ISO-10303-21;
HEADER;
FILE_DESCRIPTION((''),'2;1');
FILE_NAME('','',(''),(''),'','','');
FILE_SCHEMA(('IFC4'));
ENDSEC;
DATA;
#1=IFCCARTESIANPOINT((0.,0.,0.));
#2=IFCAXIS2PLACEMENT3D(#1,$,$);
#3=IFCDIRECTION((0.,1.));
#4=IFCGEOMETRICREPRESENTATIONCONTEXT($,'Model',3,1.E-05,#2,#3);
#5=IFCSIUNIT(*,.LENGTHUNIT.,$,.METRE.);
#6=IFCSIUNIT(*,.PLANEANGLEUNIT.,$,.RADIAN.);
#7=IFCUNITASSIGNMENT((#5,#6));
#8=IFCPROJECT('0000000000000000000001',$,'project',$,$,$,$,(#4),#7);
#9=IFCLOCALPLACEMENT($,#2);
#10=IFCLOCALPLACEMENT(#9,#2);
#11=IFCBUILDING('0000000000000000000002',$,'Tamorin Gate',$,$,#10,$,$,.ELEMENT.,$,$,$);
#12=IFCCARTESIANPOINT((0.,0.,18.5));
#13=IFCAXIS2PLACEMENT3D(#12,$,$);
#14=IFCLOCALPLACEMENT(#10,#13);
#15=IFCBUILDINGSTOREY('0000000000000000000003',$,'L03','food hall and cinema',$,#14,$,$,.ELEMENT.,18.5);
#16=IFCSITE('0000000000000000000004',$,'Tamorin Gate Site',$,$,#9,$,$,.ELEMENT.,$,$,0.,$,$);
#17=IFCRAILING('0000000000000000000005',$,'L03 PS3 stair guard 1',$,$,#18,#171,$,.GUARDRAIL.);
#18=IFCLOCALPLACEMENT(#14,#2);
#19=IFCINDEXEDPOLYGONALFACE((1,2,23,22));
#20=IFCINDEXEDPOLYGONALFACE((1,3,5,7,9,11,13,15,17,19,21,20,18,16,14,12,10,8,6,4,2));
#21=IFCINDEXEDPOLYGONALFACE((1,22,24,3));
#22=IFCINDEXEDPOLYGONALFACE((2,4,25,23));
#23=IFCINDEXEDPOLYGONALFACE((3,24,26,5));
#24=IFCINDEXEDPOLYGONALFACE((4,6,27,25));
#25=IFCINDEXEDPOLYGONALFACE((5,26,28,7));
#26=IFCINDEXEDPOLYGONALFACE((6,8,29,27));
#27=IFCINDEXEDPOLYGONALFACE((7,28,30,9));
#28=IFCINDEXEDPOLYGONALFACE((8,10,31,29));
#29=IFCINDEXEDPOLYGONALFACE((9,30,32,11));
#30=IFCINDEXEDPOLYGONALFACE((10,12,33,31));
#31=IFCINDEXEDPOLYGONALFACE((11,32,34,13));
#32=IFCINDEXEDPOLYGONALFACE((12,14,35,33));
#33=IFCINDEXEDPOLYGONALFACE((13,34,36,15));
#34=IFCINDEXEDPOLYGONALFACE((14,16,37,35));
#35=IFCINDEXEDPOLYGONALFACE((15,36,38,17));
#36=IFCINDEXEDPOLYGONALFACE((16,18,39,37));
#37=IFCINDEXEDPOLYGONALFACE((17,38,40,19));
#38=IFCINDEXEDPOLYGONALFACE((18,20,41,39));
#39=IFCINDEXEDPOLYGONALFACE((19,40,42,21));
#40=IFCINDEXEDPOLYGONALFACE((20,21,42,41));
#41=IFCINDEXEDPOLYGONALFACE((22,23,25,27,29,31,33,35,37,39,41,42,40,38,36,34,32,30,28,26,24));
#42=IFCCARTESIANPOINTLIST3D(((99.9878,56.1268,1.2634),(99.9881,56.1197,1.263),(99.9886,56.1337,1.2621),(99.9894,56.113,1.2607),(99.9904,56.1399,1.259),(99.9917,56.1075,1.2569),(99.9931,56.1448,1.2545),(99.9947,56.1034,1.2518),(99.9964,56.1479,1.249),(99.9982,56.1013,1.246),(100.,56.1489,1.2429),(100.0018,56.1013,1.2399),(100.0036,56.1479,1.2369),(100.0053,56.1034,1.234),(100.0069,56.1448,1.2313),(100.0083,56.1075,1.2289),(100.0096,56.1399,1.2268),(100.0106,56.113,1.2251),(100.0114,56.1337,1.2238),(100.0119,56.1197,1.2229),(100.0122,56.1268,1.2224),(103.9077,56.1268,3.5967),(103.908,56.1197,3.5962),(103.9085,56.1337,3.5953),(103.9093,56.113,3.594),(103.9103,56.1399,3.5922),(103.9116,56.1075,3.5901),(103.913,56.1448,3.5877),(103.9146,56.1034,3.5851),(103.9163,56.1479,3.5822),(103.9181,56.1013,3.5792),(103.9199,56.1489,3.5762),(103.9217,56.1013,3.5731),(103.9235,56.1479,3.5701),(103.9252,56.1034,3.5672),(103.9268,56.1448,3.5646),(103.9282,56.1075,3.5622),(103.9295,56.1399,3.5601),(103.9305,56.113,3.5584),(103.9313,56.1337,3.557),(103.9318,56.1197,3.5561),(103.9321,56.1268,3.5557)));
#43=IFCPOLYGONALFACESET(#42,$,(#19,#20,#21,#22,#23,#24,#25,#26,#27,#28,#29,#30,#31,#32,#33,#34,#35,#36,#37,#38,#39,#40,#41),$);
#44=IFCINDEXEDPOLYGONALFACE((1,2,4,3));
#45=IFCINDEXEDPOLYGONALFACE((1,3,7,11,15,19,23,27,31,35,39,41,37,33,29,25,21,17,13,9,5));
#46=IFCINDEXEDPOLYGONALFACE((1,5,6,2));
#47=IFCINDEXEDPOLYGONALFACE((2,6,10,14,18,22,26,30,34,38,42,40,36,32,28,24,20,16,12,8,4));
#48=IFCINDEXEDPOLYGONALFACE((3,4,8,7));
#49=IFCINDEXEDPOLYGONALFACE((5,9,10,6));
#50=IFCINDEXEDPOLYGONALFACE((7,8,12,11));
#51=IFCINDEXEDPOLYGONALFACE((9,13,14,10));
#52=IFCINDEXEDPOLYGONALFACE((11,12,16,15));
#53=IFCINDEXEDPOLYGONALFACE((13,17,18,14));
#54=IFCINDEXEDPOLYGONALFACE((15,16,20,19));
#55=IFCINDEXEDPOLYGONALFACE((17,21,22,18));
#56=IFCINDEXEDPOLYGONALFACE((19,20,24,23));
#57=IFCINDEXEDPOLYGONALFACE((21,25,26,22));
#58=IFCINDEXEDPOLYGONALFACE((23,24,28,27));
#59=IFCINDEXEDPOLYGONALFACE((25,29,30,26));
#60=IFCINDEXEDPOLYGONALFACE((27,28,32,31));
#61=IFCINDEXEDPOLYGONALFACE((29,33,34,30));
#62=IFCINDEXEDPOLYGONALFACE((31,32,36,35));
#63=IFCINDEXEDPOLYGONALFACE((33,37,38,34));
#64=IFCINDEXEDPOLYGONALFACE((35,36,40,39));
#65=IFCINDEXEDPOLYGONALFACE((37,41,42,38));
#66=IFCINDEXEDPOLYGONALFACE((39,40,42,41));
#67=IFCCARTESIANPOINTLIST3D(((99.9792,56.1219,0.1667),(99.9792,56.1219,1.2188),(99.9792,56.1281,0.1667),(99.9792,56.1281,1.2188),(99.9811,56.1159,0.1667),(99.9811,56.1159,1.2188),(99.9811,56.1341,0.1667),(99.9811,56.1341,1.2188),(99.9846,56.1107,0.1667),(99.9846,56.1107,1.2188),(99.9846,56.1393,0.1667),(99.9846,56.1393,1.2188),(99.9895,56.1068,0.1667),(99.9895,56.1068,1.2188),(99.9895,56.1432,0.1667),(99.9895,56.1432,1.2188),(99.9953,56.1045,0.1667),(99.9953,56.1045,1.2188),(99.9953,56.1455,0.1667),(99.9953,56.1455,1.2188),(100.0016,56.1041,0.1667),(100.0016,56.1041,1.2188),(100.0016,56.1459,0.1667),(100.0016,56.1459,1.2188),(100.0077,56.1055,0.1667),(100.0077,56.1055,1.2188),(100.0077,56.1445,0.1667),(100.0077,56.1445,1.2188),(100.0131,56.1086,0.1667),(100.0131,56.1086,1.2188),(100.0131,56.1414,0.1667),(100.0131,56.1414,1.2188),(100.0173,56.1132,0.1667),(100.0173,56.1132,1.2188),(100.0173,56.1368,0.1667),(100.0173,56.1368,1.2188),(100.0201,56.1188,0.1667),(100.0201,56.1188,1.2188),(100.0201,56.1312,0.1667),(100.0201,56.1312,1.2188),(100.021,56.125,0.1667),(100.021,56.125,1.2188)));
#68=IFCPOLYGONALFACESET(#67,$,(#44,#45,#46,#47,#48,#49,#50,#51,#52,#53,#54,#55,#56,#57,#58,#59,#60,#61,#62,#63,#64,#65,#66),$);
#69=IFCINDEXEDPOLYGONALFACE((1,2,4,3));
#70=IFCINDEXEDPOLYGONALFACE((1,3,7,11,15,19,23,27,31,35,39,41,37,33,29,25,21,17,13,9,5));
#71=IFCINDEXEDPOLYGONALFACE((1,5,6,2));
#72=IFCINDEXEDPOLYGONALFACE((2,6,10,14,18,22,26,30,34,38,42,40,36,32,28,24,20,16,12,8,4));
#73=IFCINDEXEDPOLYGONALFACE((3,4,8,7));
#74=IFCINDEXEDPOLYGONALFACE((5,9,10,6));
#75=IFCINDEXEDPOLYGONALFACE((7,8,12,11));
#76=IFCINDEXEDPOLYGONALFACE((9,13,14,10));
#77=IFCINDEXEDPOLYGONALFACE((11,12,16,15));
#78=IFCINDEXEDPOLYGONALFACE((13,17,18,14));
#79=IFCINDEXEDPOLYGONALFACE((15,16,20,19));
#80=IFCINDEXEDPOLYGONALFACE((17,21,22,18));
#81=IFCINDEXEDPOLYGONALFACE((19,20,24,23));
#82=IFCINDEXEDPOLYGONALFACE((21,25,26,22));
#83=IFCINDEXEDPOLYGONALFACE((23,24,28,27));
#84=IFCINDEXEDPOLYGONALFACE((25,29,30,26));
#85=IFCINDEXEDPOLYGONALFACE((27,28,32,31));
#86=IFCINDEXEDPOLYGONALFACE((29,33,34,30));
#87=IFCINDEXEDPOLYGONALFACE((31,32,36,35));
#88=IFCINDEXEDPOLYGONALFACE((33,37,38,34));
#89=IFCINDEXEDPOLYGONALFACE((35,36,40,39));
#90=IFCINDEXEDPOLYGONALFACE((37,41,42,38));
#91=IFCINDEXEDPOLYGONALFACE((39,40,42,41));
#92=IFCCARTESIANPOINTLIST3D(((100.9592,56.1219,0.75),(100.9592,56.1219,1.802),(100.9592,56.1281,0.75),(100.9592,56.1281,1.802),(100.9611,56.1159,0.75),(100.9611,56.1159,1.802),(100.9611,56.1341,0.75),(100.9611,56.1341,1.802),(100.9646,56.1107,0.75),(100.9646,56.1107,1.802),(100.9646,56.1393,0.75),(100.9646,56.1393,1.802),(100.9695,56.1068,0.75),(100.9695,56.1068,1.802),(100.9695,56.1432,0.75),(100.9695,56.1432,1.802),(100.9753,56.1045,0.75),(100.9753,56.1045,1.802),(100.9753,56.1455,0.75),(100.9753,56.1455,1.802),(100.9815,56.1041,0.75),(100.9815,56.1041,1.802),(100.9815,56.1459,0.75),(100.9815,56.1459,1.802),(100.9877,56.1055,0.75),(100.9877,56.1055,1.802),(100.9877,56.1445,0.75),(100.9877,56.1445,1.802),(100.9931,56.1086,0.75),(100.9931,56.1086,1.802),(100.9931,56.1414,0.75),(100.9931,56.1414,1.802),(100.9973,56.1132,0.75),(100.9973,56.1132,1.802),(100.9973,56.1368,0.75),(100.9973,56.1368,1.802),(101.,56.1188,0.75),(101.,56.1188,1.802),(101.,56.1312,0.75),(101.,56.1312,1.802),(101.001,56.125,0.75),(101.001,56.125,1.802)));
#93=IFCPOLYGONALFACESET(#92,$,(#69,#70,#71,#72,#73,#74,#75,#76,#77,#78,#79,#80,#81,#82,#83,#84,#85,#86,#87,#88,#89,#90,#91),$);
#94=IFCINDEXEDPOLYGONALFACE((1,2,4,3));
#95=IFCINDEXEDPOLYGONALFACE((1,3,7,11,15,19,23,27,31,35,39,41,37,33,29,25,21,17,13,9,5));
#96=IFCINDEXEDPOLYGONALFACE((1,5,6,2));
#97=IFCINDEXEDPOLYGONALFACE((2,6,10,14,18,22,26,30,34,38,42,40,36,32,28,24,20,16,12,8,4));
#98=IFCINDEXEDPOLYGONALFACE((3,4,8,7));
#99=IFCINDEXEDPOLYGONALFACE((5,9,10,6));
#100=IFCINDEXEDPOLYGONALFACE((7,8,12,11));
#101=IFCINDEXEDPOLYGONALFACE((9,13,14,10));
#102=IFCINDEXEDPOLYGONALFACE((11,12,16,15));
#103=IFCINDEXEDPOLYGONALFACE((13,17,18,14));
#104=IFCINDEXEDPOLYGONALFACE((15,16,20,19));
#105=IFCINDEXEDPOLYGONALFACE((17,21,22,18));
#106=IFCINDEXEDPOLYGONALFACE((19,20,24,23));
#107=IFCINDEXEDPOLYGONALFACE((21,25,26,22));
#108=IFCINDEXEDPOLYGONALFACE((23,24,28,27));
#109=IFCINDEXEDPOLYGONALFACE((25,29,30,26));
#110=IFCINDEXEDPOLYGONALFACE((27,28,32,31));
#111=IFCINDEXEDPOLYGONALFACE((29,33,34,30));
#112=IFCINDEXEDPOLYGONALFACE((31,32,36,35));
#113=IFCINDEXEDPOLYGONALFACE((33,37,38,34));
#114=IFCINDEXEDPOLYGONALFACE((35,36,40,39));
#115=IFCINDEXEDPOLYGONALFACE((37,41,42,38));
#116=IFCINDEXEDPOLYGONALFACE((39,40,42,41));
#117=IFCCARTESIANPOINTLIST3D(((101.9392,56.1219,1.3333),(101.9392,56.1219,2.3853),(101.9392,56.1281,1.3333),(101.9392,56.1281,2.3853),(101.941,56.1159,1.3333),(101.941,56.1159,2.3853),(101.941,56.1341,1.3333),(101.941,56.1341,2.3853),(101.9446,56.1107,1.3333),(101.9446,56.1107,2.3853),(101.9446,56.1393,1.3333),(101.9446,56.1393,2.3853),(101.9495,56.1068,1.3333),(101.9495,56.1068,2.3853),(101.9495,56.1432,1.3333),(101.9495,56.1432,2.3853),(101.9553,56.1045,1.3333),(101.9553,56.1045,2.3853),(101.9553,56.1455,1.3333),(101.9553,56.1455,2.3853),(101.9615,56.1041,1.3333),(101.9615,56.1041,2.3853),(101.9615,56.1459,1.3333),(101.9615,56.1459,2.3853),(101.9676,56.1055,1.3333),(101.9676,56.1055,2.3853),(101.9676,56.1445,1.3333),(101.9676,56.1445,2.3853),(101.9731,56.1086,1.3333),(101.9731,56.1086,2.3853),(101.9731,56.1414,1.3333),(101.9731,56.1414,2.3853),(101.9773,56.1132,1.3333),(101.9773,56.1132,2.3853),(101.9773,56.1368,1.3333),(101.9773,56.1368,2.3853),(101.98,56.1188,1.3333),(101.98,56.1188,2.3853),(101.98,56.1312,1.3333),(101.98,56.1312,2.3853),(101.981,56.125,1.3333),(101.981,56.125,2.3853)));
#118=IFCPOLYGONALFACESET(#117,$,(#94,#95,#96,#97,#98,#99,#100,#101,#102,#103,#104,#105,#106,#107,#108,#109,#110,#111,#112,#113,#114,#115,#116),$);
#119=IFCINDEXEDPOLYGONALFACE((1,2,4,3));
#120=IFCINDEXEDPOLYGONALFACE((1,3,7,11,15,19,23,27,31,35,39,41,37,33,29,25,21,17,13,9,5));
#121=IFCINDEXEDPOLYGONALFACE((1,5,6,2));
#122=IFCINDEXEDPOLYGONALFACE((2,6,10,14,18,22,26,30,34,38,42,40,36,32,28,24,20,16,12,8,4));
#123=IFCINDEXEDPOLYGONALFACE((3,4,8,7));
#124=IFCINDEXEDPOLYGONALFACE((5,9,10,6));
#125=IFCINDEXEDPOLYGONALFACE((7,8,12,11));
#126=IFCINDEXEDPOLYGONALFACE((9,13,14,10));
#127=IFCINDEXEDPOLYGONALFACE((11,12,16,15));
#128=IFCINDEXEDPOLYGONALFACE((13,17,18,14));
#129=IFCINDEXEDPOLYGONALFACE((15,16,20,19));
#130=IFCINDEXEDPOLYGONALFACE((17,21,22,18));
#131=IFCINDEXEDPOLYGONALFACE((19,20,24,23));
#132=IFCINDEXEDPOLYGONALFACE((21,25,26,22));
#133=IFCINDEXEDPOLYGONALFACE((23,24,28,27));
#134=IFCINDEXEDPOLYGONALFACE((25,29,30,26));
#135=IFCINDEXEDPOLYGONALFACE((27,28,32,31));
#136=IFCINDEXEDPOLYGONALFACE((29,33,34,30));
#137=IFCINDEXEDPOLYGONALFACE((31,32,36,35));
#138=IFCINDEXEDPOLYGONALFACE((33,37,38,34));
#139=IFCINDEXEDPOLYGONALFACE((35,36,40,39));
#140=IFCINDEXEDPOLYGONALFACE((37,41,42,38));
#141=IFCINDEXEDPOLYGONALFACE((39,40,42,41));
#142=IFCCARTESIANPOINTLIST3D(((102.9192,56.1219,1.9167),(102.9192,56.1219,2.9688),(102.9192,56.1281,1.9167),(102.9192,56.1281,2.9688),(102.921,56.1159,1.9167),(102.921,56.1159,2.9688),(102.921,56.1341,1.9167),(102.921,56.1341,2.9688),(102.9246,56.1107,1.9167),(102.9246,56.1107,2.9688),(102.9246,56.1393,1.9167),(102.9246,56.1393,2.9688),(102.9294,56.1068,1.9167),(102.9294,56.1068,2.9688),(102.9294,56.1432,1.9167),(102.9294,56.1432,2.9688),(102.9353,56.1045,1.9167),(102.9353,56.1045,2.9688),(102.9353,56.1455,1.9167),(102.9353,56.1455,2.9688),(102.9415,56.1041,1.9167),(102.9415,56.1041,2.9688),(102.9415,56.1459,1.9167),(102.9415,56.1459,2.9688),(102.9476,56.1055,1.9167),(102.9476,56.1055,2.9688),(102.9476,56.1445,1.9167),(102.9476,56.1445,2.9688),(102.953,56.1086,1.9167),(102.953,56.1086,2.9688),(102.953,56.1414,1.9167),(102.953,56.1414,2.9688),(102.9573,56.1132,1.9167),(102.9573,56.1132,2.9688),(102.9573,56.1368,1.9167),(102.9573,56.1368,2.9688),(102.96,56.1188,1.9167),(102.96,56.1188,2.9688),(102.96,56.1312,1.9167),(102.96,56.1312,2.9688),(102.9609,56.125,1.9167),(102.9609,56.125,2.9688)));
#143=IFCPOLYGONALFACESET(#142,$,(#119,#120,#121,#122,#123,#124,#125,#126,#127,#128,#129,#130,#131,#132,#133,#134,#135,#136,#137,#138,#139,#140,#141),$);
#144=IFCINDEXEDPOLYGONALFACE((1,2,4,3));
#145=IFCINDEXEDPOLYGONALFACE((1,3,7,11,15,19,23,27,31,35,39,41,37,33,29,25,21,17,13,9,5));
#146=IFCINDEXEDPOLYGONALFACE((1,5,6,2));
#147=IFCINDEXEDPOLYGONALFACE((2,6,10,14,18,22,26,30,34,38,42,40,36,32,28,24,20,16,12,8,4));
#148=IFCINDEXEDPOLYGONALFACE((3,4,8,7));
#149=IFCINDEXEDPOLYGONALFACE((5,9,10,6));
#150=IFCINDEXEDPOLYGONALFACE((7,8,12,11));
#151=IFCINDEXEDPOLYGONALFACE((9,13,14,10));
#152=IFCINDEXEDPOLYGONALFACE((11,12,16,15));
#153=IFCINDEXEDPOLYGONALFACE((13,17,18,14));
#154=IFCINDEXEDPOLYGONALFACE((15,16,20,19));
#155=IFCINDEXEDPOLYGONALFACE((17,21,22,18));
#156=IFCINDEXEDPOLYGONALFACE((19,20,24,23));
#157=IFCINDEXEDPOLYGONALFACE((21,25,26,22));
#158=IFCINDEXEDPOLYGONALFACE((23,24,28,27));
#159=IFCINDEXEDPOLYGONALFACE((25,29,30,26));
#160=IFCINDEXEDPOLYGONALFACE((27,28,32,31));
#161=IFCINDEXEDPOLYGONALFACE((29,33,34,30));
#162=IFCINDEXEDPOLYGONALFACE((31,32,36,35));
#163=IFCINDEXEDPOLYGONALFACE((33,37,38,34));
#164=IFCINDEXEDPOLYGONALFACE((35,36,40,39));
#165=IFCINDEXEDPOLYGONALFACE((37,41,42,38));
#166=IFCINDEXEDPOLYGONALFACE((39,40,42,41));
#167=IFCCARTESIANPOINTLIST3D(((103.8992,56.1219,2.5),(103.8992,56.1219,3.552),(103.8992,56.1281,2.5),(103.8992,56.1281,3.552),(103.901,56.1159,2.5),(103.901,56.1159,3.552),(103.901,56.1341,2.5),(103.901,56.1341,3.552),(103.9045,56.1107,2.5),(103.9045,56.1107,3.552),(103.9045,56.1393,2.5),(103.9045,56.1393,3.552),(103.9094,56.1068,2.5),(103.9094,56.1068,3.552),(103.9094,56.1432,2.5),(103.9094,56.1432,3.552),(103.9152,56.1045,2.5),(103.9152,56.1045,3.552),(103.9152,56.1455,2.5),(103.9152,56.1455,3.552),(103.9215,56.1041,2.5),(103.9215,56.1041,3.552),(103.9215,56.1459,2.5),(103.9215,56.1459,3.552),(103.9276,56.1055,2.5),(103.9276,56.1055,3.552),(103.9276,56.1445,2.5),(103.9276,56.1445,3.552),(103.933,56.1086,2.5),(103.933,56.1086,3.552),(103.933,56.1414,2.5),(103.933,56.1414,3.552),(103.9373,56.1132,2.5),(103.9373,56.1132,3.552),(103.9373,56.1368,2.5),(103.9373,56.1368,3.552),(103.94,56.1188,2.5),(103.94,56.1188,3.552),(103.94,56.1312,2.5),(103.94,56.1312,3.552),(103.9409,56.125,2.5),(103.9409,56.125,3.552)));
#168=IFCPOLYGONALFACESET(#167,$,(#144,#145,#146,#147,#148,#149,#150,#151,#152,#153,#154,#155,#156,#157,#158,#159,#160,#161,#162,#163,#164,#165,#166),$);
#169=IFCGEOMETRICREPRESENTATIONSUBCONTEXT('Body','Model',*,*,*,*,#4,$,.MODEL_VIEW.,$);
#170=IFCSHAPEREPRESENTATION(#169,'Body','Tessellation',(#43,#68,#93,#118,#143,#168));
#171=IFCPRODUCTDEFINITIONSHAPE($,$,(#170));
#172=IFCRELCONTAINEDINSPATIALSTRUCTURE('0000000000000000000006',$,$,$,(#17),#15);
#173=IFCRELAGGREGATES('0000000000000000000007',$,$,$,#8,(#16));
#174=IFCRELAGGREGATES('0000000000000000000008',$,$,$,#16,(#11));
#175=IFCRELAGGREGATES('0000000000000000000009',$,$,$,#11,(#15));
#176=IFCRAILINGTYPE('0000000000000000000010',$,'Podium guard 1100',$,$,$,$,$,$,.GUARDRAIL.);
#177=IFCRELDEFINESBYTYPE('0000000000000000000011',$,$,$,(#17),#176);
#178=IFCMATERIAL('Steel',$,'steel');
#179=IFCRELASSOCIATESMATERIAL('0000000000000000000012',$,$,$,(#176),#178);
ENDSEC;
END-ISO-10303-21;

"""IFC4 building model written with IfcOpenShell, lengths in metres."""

from ifc_helpers import new_model, si_unit, direction, frame, origin, origin_2d, place, context, subcontext, project, spatial, circle, extrude, material, type_object, element, save


model = new_model("IFC4")

# Units and contexts
model_context = context("Model", 3, precision=1e-05, world=origin(), true_north=direction((0.0, 1.0)))
body_context = subcontext(model_context, "Body", "Model", "MODEL_VIEW")
ifc_project = project(units=[si_unit("LENGTHUNIT", "METRE"), si_unit("PLANEANGLEUNIT", "RADIAN")], contexts=[model_context])

# Site, building, storey
site_placement = place(None, origin())
site = spatial("IfcSite", under=ifc_project, at=site_placement, Name="Tamorin Gate Site", CompositionType="ELEMENT", RefElevation=0.0)
building_placement = place(site_placement, origin())
building = spatial("IfcBuilding", under=site, at=building_placement, Name="Tamorin Gate", CompositionType="ELEMENT")
storey_placement = place(building_placement, frame((0.0, 0.0, 18.5)))
storey = spatial("IfcBuildingStorey", under=building, at=storey_placement, Name="L03", Description="food hall and cinema", CompositionType="ELEMENT", Elevation=18.5)

# Railing
ifc_material_1 = material(Name="Steel", Category="steel")
railing_type_1 = type_object("IfcRailingType", Name="Podium guard 1100", PredefinedType="GUARDRAIL", material=ifc_material_1)
railing_1_placement = place(storey_placement, frame((100.0, 56.125, 0.1667)))
element("IfcRailing", 1, at=railing_1_placement, inside=storey, type_object=railing_type_1, Name="L03 PS3 stair guard 1", PredefinedType="GUARDRAIL", context=body_context, shape_type="SweptSolid", body=[
    extrude(circle(Radius=0.0239, at=origin_2d()), frame((0.0, 0.0, 1.0762), z_axis=(0.859296, 0.0, 0.511478), x_axis=(0.0, 1.0, 0.0)), (0.0, 0.0, 1.0), 4.5618),
    extrude(circle(Radius=0.021, at=origin_2d()), origin(), (0.0, 0.0, 1.0), 1.052),
    extrude(circle(Radius=0.021, at=origin_2d()), frame((0.98, 0.0, 0.5833)), (0.0, 0.0, 1.0), 1.052),
    extrude(circle(Radius=0.021, at=origin_2d()), frame((1.96, 0.0, 1.1665)), (0.0, 0.0, 1.0), 1.052),
    extrude(circle(Radius=0.021, at=origin_2d()), frame((2.9399, 0.0, 1.75)), (0.0, 0.0, 1.0), 1.052),
    extrude(circle(Radius=0.021, at=origin_2d()), frame((3.9199, 0.0, 2.3333)), (0.0, 0.0, 1.0), 1.052),
])

save(model, "model.ifc")
